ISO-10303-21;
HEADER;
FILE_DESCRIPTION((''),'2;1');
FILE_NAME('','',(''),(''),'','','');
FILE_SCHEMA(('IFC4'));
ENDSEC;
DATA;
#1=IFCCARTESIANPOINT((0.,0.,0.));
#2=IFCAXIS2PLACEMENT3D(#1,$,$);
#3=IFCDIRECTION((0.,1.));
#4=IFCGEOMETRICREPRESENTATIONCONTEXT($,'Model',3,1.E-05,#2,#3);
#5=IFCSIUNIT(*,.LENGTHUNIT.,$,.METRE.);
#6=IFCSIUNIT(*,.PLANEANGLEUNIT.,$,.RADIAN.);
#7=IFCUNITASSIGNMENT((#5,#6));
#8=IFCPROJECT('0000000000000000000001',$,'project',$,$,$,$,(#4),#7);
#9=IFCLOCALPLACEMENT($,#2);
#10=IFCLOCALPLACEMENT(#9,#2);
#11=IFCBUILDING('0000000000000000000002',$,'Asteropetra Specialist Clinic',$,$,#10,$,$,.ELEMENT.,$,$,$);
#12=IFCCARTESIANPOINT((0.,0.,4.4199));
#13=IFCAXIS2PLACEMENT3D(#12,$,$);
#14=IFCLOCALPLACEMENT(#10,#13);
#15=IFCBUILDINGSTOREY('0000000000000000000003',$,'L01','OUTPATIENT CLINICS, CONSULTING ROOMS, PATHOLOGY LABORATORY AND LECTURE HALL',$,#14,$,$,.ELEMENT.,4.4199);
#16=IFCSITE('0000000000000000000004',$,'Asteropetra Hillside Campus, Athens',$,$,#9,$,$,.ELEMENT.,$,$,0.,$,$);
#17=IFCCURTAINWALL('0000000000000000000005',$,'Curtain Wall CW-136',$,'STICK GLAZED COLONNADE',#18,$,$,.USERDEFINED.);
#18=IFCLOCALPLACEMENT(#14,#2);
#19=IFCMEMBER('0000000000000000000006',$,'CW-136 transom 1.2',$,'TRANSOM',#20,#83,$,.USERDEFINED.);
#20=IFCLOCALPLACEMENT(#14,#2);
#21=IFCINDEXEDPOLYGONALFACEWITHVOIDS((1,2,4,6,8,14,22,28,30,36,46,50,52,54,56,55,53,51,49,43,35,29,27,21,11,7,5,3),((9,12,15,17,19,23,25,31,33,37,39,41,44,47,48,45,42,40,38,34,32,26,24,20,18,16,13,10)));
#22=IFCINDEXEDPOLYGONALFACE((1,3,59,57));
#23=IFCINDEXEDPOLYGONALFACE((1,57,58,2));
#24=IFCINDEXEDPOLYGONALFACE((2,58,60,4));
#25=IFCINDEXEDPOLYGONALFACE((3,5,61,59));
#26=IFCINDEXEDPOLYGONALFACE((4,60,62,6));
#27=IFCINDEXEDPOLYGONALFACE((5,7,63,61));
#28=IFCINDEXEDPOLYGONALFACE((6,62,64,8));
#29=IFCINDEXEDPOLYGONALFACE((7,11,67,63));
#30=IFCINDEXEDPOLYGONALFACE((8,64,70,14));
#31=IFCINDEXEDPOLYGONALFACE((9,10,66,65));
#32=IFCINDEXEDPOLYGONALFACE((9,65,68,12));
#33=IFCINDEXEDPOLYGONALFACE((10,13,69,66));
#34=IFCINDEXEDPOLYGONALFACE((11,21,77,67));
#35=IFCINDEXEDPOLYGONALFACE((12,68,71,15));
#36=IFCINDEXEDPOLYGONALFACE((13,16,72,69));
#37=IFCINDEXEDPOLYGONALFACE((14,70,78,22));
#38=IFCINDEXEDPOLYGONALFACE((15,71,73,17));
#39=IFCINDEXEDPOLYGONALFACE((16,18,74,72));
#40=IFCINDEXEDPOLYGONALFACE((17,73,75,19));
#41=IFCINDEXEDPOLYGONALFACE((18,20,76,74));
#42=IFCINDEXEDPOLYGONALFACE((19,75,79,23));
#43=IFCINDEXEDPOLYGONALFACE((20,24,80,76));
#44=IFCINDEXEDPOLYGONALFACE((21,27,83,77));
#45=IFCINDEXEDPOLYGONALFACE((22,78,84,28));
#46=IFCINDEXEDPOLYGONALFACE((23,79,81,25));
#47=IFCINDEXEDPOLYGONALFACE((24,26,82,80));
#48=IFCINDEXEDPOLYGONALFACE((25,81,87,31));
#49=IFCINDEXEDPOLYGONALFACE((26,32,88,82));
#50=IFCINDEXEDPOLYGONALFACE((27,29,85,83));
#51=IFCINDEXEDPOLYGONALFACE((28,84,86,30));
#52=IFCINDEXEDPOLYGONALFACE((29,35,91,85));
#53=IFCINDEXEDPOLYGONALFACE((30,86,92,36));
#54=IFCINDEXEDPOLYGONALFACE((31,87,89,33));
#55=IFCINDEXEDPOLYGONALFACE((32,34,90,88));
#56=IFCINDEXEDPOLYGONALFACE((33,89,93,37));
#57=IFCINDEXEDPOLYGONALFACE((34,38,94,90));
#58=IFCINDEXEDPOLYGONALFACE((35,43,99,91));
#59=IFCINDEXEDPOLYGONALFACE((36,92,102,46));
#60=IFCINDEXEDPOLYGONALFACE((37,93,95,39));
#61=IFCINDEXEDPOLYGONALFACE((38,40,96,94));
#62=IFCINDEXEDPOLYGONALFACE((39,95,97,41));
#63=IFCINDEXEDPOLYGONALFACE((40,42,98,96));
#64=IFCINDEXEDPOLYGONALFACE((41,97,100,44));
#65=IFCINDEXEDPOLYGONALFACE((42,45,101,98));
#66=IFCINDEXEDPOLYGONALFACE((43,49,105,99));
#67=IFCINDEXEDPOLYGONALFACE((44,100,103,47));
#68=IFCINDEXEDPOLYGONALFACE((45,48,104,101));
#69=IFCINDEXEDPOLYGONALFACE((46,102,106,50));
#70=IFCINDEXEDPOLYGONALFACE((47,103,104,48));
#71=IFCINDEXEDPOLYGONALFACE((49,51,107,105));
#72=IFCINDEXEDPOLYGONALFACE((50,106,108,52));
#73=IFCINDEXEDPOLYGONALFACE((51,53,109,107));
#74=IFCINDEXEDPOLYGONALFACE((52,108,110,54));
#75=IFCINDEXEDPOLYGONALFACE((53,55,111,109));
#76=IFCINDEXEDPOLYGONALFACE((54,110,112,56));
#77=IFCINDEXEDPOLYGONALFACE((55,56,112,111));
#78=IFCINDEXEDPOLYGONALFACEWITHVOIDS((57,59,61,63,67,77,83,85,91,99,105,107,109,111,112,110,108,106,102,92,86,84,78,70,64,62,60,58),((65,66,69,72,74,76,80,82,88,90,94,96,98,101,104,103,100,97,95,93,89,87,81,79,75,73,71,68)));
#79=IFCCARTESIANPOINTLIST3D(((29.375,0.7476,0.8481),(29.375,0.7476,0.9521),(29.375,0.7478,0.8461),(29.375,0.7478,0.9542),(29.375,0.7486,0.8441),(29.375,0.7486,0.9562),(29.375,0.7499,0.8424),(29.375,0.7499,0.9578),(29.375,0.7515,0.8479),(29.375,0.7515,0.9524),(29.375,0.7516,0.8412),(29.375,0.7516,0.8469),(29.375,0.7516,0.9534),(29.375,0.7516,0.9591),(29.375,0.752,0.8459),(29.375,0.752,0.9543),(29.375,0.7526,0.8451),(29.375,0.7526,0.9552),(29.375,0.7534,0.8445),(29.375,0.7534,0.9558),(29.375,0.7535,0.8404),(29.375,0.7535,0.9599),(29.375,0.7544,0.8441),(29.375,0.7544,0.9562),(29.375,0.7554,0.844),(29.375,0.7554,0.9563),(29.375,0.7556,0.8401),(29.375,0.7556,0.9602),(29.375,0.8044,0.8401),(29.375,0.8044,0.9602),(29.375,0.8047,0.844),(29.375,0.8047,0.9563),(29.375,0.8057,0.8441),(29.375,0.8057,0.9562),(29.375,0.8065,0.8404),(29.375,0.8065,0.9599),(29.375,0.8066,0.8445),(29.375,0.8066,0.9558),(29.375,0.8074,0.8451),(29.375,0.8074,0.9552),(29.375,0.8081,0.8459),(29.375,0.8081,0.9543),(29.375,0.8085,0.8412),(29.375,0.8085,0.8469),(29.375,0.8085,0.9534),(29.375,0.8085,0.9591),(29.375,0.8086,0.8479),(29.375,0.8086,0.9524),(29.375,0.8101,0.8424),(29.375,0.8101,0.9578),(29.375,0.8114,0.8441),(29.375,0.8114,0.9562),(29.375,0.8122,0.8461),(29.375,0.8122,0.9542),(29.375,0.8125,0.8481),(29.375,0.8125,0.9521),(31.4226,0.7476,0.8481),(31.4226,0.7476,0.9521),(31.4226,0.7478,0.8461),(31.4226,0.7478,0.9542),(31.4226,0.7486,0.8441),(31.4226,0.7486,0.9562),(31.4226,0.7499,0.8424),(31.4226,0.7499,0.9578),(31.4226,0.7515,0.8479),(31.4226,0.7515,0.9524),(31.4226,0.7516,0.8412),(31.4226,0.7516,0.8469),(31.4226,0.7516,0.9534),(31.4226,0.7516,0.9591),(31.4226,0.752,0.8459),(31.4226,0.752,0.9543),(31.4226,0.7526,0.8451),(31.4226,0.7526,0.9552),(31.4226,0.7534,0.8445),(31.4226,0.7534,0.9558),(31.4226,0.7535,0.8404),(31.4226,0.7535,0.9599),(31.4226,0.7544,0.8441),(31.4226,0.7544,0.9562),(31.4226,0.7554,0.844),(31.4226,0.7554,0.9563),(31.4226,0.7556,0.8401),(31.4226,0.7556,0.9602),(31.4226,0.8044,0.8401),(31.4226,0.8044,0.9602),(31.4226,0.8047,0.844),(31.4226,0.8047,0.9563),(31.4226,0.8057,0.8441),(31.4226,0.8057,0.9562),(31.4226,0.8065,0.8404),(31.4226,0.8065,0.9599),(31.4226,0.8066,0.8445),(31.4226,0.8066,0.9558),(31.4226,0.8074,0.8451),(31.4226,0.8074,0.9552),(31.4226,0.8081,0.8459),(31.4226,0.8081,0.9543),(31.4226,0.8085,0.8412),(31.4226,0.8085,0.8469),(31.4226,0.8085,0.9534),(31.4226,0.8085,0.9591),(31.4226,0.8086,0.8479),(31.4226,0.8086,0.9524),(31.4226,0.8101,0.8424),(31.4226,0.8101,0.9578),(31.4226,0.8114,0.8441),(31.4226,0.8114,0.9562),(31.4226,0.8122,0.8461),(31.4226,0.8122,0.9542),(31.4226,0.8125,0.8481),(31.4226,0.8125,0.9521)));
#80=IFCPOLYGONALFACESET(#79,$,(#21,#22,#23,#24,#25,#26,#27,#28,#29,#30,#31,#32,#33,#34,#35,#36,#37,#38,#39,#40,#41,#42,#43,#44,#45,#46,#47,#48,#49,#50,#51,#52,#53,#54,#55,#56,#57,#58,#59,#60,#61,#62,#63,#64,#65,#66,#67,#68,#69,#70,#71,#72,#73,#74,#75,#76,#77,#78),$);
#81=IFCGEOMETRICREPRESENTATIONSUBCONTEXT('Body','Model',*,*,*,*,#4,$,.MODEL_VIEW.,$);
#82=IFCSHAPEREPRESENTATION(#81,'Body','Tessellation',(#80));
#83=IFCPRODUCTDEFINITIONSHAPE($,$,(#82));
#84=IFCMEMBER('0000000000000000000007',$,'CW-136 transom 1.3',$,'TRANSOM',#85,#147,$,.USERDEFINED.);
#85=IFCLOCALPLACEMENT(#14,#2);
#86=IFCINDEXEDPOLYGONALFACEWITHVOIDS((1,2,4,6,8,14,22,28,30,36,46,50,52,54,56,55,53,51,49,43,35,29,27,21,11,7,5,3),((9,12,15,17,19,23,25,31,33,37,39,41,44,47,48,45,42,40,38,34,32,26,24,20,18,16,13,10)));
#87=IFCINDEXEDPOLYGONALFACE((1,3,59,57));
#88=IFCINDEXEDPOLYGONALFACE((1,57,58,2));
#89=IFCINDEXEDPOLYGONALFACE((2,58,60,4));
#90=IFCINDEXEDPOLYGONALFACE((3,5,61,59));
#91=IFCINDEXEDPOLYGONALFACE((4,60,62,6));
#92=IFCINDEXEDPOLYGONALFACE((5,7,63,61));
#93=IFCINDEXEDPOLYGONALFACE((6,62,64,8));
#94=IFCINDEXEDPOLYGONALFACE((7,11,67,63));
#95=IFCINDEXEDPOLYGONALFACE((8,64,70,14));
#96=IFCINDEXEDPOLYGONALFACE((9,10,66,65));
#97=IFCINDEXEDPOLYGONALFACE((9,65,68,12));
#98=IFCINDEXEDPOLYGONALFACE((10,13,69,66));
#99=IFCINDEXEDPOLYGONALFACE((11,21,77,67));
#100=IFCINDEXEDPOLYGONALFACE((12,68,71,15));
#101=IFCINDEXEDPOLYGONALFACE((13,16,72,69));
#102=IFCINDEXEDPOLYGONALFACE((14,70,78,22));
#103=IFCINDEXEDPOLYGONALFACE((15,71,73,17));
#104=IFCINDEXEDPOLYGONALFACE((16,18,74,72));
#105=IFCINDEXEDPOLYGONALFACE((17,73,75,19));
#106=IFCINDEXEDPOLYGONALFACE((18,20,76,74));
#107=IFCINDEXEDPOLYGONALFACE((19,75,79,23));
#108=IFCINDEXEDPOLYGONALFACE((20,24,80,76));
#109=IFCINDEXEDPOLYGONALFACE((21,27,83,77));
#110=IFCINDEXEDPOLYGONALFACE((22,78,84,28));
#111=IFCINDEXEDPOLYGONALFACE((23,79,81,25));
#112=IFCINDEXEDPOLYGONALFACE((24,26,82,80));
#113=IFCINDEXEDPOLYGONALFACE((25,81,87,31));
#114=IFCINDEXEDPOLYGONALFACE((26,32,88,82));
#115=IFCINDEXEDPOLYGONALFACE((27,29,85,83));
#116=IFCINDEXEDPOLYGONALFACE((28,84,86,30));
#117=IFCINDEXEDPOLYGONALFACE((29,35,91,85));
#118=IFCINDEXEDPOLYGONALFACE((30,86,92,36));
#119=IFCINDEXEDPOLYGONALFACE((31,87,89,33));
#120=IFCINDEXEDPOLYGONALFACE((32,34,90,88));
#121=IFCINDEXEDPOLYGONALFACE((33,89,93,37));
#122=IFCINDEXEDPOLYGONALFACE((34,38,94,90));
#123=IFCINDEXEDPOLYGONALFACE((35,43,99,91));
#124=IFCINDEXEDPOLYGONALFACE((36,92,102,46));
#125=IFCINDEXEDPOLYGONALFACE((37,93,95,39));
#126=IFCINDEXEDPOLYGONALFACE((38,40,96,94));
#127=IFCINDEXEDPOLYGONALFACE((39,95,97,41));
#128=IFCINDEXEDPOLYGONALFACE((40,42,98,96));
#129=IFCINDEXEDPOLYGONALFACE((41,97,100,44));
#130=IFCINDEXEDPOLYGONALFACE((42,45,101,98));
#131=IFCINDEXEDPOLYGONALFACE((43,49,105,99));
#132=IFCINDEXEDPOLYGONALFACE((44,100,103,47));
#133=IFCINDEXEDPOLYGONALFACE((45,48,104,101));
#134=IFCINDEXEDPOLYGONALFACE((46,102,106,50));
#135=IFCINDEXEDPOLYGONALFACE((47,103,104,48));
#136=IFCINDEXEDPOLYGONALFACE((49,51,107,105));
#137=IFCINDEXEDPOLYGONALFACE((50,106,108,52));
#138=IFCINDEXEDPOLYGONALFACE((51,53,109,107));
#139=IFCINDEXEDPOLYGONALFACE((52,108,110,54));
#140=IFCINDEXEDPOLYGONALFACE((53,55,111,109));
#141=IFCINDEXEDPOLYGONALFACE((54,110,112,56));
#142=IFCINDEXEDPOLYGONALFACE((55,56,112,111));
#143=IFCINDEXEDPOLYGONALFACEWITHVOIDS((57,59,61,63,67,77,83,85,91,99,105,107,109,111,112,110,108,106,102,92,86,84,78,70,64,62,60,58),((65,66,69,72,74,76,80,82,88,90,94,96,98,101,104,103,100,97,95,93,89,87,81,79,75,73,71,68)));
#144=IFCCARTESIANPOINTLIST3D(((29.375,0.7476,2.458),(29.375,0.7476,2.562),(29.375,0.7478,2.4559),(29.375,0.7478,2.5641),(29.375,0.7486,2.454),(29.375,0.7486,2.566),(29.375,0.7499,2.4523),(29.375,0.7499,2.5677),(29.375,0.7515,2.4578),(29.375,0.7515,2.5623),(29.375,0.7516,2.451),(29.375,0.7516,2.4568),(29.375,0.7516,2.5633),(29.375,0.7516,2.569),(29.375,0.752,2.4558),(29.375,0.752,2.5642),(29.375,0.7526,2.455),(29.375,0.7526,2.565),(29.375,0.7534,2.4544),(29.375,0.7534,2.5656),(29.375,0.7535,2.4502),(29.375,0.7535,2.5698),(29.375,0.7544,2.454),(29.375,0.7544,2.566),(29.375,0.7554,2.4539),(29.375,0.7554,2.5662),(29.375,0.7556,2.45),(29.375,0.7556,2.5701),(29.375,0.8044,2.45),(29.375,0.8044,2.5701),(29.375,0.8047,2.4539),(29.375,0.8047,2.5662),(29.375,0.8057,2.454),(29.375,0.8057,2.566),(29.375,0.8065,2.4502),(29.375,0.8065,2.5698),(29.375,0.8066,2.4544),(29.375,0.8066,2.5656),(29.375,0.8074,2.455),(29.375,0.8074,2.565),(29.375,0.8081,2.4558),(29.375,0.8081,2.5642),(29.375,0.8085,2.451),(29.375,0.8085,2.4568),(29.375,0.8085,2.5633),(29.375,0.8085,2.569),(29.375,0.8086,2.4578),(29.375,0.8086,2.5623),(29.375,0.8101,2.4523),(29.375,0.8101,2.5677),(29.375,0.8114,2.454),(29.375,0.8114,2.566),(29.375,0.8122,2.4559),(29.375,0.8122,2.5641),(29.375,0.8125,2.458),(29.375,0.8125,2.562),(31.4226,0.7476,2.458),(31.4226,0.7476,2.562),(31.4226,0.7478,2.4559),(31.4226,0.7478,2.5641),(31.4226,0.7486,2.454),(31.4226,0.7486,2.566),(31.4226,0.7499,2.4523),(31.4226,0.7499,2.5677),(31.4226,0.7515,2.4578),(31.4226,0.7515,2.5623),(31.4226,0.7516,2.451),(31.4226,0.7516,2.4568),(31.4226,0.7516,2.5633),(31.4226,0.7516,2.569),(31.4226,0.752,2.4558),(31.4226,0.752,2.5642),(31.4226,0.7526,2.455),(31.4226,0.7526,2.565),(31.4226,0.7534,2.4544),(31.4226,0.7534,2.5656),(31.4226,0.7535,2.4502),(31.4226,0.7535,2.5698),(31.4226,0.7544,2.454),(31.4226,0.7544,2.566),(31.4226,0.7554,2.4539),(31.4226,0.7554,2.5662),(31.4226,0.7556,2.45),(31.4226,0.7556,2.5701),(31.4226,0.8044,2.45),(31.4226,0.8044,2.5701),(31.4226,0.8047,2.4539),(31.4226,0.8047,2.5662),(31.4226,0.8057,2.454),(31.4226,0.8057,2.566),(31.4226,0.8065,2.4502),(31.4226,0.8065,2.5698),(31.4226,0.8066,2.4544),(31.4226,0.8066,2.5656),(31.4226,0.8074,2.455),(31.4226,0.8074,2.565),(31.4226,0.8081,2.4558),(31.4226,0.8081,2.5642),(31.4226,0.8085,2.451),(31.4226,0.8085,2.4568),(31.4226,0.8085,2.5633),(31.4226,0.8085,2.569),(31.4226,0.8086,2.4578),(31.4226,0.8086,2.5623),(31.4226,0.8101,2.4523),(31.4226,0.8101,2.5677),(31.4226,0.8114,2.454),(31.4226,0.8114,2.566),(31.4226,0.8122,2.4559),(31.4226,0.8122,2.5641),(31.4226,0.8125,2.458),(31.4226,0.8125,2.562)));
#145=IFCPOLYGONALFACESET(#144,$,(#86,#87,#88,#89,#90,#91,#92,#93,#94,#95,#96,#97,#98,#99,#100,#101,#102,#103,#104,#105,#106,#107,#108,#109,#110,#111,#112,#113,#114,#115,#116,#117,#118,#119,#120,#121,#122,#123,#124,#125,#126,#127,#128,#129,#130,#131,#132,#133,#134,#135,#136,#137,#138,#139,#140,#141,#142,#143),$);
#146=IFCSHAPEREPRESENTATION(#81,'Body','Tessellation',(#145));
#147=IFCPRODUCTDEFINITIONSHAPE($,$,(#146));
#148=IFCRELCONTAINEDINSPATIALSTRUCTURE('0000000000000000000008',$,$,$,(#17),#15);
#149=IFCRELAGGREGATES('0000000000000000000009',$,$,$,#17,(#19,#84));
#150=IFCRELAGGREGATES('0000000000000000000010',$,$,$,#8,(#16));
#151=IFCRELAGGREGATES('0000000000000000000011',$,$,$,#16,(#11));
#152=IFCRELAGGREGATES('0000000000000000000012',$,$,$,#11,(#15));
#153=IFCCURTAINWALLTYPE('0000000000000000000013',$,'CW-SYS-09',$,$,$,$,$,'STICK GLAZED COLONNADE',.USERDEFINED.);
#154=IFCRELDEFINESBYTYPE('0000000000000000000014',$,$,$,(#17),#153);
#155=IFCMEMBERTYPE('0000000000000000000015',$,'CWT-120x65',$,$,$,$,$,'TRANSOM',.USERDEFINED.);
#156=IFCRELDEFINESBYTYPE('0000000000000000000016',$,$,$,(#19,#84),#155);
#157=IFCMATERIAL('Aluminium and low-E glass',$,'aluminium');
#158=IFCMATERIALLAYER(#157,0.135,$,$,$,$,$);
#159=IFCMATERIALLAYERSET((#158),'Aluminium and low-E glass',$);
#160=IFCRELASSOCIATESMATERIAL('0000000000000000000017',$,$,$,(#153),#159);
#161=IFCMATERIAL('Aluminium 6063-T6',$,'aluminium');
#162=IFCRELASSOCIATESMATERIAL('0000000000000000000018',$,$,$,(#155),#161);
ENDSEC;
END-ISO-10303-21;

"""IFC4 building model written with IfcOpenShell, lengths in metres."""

from ifc_helpers import new_model, si_unit, direction, frame, origin, origin_2d, place, context, subcontext, project, spatial, hollow_rectangle, extrude, material, layer, layer_set, material_profile, profile_set, type_object, element, aggregate, save


model = new_model("IFC4")

# Units and contexts
model_context = context("Model", 3, precision=1e-05, world=origin(), true_north=direction((0.0, 1.0)))
body_context = subcontext(model_context, "Body", "Model", "MODEL_VIEW")
ifc_project = project(units=[si_unit("LENGTHUNIT", "METRE"), si_unit("PLANEANGLEUNIT", "RADIAN")], contexts=[model_context])

# Site, building, storey
site_placement = place(None, origin())
site = spatial("IfcSite", under=ifc_project, at=site_placement, Name="Asteropetra Hillside Campus, Athens", CompositionType="ELEMENT", RefElevation=0.0)
building_placement = place(site_placement, origin())
building = spatial("IfcBuilding", under=site, at=building_placement, Name="Asteropetra Specialist Clinic", CompositionType="ELEMENT")
storey_placement = place(building_placement, frame((0.0, 0.0, 4.4199)))
storey = spatial("IfcBuildingStorey", under=building, at=storey_placement, Name="L01", Description="OUTPATIENT CLINICS, CONSULTING ROOMS, PATHOLOGY LABORATORY AND LECTURE HALL", CompositionType="ELEMENT", Elevation=4.4199)

# Curtain wall, members
ifc_material_1 = material(Name="Aluminium and low-E glass", Category="aluminium")
ifc_layer_1 = layer(ifc_material_1, 0.135)
ifc_layer_set_1 = layer_set([ifc_layer_1], Name="Aluminium and low-E glass")
curtain_wall_type = type_object("IfcCurtainWallType", Name="CW-SYS-09", ElementType="STICK GLAZED COLONNADE", PredefinedType="USERDEFINED", material=ifc_layer_set_1)
curtain_wall_placement = place(storey_placement, origin())
curtain_wall = element("IfcCurtainWall", 1, at=curtain_wall_placement, inside=storey, type_object=curtain_wall_type, Name="Curtain Wall CW-136", ObjectType="STICK GLAZED COLONNADE", PredefinedType="USERDEFINED")
ifc_material_2 = material(Name="Aluminium 6063-T6", Category="aluminium")
ifc_material_profile_1 = material_profile(ifc_material_2, hollow_rectangle(XDim=0.0649, YDim=0.1201, WallThickness=0.0039, InnerFilletRadius=0.0039, OuterFilletRadius=0.0081, at=origin_2d()), Name="TRN 120x65x4.0")
ifc_profile_set_1 = profile_set([ifc_material_profile_1], Name="Aluminium 6063-T6")
member_type_1 = type_object("IfcMemberType", Name="CWT-120x65", ElementType="TRANSOM", PredefinedType="USERDEFINED", material=ifc_profile_set_1)
member_1_placement = place(storey_placement, frame((29.375, 0.78, 0.9001), z_axis=(1.0, 0.0, 0.0), x_axis=(0.0, 1.0, 0.0)))
member_1 = element("IfcMember", 2, at=member_1_placement, type_object=member_type_1, Name="CW-136 transom 1.2", ObjectType="TRANSOM", PredefinedType="USERDEFINED", context=body_context, shape_type="SweptSolid", body=[
    extrude(hollow_rectangle(XDim=0.0649, YDim=0.1201, WallThickness=0.0039, InnerFilletRadius=0.0039, OuterFilletRadius=0.0081, at=origin_2d()), origin(), (0.0, 0.0, 1.0), 2.0476),
])
member_2_placement = place(storey_placement, frame((29.375, 0.78, 2.51), z_axis=(1.0, 0.0, 0.0), x_axis=(0.0, 1.0, 0.0)))
member_2 = element("IfcMember", 3, at=member_2_placement, type_object=member_type_1, Name="CW-136 transom 1.3", ObjectType="TRANSOM", PredefinedType="USERDEFINED", context=body_context, shape_type="SweptSolid", body=[
    extrude(hollow_rectangle(XDim=0.0649, YDim=0.1201, WallThickness=0.0039, InnerFilletRadius=0.0039, OuterFilletRadius=0.0081, at=origin_2d()), origin(), (0.0, 0.0, 1.0), 2.0476),
])

aggregate(curtain_wall, [member_1, member_2])

save(model, "model.ifc")
